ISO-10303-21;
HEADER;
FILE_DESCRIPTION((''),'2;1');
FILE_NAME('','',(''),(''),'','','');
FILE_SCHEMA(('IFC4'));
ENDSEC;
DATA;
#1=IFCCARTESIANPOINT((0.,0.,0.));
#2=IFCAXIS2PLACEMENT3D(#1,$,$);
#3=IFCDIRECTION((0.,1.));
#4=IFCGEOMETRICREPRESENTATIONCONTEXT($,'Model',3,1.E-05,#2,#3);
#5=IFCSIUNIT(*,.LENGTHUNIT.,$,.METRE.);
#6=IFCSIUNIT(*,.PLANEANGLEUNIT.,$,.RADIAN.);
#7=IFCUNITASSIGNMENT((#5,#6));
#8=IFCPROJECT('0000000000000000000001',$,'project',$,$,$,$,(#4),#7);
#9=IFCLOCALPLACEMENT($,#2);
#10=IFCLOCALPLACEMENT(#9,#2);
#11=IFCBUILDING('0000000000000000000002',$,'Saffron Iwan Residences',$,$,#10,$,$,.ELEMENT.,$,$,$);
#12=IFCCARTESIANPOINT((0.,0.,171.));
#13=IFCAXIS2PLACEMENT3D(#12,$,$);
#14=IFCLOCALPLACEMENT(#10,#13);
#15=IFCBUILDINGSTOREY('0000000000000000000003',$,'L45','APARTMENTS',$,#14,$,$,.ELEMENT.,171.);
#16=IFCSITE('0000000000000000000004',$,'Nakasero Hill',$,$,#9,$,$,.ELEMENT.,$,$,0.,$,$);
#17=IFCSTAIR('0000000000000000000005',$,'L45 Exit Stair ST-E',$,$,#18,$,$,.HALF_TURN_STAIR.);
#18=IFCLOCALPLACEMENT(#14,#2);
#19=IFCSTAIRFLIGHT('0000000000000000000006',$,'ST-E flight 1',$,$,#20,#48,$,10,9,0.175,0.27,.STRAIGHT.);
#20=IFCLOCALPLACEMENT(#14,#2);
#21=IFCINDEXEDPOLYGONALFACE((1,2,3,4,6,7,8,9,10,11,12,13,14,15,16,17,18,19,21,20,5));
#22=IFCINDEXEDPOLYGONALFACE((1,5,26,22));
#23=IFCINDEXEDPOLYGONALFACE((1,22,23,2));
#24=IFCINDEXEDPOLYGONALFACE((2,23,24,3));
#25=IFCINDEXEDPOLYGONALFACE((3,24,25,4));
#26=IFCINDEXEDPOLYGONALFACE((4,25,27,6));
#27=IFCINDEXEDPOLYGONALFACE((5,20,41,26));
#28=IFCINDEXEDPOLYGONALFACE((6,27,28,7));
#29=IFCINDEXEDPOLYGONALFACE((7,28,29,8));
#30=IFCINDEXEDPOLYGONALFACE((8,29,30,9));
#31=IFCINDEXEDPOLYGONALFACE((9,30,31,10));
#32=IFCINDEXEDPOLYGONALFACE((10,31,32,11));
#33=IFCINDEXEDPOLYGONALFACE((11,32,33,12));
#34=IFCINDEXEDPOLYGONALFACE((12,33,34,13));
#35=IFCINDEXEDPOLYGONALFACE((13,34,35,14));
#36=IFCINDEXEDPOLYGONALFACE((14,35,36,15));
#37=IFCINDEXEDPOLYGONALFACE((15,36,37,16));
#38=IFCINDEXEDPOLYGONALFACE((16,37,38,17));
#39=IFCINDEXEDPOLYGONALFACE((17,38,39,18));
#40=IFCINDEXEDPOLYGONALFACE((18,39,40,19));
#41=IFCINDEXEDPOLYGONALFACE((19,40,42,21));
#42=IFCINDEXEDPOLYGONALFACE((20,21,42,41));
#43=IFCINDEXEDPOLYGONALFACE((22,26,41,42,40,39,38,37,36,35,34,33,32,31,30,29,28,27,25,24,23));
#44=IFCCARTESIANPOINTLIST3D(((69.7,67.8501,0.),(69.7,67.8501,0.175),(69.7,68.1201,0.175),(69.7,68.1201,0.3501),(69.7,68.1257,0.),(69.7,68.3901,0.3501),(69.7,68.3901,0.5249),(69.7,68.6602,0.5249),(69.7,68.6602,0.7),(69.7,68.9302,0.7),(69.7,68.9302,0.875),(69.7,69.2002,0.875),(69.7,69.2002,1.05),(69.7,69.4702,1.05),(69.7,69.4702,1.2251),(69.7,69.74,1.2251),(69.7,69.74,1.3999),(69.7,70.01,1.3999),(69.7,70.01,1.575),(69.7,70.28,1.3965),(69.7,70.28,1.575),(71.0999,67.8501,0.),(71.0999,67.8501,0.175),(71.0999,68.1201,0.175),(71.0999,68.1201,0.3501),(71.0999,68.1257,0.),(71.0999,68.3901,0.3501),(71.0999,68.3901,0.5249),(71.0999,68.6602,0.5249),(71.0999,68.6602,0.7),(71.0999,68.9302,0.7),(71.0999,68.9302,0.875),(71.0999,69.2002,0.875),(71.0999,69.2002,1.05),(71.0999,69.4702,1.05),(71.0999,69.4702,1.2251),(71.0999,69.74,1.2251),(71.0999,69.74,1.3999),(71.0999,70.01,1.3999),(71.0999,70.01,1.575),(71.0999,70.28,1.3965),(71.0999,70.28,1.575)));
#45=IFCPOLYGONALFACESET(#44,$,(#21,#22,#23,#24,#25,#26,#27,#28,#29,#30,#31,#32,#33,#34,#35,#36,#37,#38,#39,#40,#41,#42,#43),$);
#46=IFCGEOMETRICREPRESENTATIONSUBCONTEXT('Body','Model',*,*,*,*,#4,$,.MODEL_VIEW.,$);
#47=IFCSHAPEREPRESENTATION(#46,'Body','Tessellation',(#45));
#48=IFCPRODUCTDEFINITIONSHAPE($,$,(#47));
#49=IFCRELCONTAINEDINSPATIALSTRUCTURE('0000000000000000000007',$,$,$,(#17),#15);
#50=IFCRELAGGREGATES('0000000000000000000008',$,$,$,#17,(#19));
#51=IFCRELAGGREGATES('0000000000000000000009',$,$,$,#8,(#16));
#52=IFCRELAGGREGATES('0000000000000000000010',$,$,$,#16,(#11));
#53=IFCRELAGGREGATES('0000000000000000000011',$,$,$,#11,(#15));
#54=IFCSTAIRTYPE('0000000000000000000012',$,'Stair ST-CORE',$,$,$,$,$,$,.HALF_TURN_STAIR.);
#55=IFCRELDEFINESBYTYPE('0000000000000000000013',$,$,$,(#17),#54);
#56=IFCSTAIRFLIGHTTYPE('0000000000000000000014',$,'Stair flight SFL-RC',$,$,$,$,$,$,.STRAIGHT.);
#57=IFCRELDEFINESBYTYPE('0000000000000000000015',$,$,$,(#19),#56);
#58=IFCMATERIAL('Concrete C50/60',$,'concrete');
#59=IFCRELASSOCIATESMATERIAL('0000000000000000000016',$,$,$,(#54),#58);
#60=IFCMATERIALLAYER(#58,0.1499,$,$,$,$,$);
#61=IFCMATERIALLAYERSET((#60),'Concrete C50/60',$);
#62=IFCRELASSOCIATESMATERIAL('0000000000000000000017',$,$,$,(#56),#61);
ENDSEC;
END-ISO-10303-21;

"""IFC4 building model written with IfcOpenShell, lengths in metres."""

from ifc_helpers import new_model, si_unit, direction, frame, origin, place, context, subcontext, project, spatial, polyline, outline, extrude, material, layer, layer_set, type_object, element, aggregate, save


model = new_model("IFC4")

# Units and contexts
model_context = context("Model", 3, precision=1e-05, world=origin(), true_north=direction((0.0, 1.0)))
body_context = subcontext(model_context, "Body", "Model", "MODEL_VIEW")
ifc_project = project(units=[si_unit("LENGTHUNIT", "METRE"), si_unit("PLANEANGLEUNIT", "RADIAN")], contexts=[model_context])

# Site, building, storey
site_placement = place(None, origin())
site = spatial("IfcSite", under=ifc_project, at=site_placement, Name="Nakasero Hill", CompositionType="ELEMENT", RefElevation=0.0)
building_placement = place(site_placement, origin())
building = spatial("IfcBuilding", under=site, at=building_placement, Name="Saffron Iwan Residences", CompositionType="ELEMENT")
storey_placement = place(building_placement, frame((0.0, 0.0, 171.0)))
storey = spatial("IfcBuildingStorey", under=building, at=storey_placement, Name="L45", Description="APARTMENTS", CompositionType="ELEMENT", Elevation=171.0)

# Shared definitions
ifc_material_1 = material(Name="Concrete C50/60", Category="concrete")

# Stair, stair flight
stair_type = type_object("IfcStairType", Name="Stair ST-CORE", PredefinedType="HALF_TURN_STAIR", material=ifc_material_1)
stair_placement = place(storey_placement, origin())
stair = element("IfcStair", 1, at=stair_placement, inside=storey, type_object=stair_type, Name="L45 Exit Stair ST-E", PredefinedType="HALF_TURN_STAIR")
ifc_layer_1 = layer(ifc_material_1, 0.1499)
ifc_layer_set_1 = layer_set([ifc_layer_1], Name="Concrete C50/60")
stair_flight_type = type_object("IfcStairFlightType", Name="Stair flight SFL-RC", PredefinedType="STRAIGHT", material=ifc_layer_set_1)
stair_flight_placement = place(storey_placement, frame((70.3999, 67.8501, 0.0), z_axis=(0.0, 0.0, 1.0), x_axis=(0.0, 1.0, 0.0)))
stair_flight = element("IfcStairFlight", 2, at=stair_flight_placement, type_object=stair_flight_type, Name="ST-E flight 1", NumberOfRisers=10, NumberOfTreads=9, PredefinedType="STRAIGHT", RiserHeight=0.175, TreadLength=0.27, context=body_context, shape_type="SweptSolid", body=[
    extrude(outline(polyline([(0.0, 0.0), (0.0, 0.175), (0.27, 0.175), (0.27, 0.3501), (0.54, 0.3501), (0.54, 0.5249), (0.8101, 0.5249), (0.8101, 0.7), (1.0801, 0.7), (1.0801, 0.875), (1.3501, 0.875), (1.3501, 1.05), (1.6201, 1.05), (1.6201, 1.2251), (1.8899, 1.2251), (1.8899, 1.3999), (2.1599, 1.3999), (2.1599, 1.575), (2.4299, 1.575), (2.4299, 1.75), (2.4299, 1.3965), (0.2756, 0.0), (0.0, 0.0)])), frame((0.0, 0.7, 0.0), z_axis=(0.0, -1.0, 0.0), x_axis=(1.0, 0.0, 0.0)), (0.0, 0.0, 1.0), 1.3999),
])
aggregate(stair, [stair_flight])

save(model, "model.ifc")
